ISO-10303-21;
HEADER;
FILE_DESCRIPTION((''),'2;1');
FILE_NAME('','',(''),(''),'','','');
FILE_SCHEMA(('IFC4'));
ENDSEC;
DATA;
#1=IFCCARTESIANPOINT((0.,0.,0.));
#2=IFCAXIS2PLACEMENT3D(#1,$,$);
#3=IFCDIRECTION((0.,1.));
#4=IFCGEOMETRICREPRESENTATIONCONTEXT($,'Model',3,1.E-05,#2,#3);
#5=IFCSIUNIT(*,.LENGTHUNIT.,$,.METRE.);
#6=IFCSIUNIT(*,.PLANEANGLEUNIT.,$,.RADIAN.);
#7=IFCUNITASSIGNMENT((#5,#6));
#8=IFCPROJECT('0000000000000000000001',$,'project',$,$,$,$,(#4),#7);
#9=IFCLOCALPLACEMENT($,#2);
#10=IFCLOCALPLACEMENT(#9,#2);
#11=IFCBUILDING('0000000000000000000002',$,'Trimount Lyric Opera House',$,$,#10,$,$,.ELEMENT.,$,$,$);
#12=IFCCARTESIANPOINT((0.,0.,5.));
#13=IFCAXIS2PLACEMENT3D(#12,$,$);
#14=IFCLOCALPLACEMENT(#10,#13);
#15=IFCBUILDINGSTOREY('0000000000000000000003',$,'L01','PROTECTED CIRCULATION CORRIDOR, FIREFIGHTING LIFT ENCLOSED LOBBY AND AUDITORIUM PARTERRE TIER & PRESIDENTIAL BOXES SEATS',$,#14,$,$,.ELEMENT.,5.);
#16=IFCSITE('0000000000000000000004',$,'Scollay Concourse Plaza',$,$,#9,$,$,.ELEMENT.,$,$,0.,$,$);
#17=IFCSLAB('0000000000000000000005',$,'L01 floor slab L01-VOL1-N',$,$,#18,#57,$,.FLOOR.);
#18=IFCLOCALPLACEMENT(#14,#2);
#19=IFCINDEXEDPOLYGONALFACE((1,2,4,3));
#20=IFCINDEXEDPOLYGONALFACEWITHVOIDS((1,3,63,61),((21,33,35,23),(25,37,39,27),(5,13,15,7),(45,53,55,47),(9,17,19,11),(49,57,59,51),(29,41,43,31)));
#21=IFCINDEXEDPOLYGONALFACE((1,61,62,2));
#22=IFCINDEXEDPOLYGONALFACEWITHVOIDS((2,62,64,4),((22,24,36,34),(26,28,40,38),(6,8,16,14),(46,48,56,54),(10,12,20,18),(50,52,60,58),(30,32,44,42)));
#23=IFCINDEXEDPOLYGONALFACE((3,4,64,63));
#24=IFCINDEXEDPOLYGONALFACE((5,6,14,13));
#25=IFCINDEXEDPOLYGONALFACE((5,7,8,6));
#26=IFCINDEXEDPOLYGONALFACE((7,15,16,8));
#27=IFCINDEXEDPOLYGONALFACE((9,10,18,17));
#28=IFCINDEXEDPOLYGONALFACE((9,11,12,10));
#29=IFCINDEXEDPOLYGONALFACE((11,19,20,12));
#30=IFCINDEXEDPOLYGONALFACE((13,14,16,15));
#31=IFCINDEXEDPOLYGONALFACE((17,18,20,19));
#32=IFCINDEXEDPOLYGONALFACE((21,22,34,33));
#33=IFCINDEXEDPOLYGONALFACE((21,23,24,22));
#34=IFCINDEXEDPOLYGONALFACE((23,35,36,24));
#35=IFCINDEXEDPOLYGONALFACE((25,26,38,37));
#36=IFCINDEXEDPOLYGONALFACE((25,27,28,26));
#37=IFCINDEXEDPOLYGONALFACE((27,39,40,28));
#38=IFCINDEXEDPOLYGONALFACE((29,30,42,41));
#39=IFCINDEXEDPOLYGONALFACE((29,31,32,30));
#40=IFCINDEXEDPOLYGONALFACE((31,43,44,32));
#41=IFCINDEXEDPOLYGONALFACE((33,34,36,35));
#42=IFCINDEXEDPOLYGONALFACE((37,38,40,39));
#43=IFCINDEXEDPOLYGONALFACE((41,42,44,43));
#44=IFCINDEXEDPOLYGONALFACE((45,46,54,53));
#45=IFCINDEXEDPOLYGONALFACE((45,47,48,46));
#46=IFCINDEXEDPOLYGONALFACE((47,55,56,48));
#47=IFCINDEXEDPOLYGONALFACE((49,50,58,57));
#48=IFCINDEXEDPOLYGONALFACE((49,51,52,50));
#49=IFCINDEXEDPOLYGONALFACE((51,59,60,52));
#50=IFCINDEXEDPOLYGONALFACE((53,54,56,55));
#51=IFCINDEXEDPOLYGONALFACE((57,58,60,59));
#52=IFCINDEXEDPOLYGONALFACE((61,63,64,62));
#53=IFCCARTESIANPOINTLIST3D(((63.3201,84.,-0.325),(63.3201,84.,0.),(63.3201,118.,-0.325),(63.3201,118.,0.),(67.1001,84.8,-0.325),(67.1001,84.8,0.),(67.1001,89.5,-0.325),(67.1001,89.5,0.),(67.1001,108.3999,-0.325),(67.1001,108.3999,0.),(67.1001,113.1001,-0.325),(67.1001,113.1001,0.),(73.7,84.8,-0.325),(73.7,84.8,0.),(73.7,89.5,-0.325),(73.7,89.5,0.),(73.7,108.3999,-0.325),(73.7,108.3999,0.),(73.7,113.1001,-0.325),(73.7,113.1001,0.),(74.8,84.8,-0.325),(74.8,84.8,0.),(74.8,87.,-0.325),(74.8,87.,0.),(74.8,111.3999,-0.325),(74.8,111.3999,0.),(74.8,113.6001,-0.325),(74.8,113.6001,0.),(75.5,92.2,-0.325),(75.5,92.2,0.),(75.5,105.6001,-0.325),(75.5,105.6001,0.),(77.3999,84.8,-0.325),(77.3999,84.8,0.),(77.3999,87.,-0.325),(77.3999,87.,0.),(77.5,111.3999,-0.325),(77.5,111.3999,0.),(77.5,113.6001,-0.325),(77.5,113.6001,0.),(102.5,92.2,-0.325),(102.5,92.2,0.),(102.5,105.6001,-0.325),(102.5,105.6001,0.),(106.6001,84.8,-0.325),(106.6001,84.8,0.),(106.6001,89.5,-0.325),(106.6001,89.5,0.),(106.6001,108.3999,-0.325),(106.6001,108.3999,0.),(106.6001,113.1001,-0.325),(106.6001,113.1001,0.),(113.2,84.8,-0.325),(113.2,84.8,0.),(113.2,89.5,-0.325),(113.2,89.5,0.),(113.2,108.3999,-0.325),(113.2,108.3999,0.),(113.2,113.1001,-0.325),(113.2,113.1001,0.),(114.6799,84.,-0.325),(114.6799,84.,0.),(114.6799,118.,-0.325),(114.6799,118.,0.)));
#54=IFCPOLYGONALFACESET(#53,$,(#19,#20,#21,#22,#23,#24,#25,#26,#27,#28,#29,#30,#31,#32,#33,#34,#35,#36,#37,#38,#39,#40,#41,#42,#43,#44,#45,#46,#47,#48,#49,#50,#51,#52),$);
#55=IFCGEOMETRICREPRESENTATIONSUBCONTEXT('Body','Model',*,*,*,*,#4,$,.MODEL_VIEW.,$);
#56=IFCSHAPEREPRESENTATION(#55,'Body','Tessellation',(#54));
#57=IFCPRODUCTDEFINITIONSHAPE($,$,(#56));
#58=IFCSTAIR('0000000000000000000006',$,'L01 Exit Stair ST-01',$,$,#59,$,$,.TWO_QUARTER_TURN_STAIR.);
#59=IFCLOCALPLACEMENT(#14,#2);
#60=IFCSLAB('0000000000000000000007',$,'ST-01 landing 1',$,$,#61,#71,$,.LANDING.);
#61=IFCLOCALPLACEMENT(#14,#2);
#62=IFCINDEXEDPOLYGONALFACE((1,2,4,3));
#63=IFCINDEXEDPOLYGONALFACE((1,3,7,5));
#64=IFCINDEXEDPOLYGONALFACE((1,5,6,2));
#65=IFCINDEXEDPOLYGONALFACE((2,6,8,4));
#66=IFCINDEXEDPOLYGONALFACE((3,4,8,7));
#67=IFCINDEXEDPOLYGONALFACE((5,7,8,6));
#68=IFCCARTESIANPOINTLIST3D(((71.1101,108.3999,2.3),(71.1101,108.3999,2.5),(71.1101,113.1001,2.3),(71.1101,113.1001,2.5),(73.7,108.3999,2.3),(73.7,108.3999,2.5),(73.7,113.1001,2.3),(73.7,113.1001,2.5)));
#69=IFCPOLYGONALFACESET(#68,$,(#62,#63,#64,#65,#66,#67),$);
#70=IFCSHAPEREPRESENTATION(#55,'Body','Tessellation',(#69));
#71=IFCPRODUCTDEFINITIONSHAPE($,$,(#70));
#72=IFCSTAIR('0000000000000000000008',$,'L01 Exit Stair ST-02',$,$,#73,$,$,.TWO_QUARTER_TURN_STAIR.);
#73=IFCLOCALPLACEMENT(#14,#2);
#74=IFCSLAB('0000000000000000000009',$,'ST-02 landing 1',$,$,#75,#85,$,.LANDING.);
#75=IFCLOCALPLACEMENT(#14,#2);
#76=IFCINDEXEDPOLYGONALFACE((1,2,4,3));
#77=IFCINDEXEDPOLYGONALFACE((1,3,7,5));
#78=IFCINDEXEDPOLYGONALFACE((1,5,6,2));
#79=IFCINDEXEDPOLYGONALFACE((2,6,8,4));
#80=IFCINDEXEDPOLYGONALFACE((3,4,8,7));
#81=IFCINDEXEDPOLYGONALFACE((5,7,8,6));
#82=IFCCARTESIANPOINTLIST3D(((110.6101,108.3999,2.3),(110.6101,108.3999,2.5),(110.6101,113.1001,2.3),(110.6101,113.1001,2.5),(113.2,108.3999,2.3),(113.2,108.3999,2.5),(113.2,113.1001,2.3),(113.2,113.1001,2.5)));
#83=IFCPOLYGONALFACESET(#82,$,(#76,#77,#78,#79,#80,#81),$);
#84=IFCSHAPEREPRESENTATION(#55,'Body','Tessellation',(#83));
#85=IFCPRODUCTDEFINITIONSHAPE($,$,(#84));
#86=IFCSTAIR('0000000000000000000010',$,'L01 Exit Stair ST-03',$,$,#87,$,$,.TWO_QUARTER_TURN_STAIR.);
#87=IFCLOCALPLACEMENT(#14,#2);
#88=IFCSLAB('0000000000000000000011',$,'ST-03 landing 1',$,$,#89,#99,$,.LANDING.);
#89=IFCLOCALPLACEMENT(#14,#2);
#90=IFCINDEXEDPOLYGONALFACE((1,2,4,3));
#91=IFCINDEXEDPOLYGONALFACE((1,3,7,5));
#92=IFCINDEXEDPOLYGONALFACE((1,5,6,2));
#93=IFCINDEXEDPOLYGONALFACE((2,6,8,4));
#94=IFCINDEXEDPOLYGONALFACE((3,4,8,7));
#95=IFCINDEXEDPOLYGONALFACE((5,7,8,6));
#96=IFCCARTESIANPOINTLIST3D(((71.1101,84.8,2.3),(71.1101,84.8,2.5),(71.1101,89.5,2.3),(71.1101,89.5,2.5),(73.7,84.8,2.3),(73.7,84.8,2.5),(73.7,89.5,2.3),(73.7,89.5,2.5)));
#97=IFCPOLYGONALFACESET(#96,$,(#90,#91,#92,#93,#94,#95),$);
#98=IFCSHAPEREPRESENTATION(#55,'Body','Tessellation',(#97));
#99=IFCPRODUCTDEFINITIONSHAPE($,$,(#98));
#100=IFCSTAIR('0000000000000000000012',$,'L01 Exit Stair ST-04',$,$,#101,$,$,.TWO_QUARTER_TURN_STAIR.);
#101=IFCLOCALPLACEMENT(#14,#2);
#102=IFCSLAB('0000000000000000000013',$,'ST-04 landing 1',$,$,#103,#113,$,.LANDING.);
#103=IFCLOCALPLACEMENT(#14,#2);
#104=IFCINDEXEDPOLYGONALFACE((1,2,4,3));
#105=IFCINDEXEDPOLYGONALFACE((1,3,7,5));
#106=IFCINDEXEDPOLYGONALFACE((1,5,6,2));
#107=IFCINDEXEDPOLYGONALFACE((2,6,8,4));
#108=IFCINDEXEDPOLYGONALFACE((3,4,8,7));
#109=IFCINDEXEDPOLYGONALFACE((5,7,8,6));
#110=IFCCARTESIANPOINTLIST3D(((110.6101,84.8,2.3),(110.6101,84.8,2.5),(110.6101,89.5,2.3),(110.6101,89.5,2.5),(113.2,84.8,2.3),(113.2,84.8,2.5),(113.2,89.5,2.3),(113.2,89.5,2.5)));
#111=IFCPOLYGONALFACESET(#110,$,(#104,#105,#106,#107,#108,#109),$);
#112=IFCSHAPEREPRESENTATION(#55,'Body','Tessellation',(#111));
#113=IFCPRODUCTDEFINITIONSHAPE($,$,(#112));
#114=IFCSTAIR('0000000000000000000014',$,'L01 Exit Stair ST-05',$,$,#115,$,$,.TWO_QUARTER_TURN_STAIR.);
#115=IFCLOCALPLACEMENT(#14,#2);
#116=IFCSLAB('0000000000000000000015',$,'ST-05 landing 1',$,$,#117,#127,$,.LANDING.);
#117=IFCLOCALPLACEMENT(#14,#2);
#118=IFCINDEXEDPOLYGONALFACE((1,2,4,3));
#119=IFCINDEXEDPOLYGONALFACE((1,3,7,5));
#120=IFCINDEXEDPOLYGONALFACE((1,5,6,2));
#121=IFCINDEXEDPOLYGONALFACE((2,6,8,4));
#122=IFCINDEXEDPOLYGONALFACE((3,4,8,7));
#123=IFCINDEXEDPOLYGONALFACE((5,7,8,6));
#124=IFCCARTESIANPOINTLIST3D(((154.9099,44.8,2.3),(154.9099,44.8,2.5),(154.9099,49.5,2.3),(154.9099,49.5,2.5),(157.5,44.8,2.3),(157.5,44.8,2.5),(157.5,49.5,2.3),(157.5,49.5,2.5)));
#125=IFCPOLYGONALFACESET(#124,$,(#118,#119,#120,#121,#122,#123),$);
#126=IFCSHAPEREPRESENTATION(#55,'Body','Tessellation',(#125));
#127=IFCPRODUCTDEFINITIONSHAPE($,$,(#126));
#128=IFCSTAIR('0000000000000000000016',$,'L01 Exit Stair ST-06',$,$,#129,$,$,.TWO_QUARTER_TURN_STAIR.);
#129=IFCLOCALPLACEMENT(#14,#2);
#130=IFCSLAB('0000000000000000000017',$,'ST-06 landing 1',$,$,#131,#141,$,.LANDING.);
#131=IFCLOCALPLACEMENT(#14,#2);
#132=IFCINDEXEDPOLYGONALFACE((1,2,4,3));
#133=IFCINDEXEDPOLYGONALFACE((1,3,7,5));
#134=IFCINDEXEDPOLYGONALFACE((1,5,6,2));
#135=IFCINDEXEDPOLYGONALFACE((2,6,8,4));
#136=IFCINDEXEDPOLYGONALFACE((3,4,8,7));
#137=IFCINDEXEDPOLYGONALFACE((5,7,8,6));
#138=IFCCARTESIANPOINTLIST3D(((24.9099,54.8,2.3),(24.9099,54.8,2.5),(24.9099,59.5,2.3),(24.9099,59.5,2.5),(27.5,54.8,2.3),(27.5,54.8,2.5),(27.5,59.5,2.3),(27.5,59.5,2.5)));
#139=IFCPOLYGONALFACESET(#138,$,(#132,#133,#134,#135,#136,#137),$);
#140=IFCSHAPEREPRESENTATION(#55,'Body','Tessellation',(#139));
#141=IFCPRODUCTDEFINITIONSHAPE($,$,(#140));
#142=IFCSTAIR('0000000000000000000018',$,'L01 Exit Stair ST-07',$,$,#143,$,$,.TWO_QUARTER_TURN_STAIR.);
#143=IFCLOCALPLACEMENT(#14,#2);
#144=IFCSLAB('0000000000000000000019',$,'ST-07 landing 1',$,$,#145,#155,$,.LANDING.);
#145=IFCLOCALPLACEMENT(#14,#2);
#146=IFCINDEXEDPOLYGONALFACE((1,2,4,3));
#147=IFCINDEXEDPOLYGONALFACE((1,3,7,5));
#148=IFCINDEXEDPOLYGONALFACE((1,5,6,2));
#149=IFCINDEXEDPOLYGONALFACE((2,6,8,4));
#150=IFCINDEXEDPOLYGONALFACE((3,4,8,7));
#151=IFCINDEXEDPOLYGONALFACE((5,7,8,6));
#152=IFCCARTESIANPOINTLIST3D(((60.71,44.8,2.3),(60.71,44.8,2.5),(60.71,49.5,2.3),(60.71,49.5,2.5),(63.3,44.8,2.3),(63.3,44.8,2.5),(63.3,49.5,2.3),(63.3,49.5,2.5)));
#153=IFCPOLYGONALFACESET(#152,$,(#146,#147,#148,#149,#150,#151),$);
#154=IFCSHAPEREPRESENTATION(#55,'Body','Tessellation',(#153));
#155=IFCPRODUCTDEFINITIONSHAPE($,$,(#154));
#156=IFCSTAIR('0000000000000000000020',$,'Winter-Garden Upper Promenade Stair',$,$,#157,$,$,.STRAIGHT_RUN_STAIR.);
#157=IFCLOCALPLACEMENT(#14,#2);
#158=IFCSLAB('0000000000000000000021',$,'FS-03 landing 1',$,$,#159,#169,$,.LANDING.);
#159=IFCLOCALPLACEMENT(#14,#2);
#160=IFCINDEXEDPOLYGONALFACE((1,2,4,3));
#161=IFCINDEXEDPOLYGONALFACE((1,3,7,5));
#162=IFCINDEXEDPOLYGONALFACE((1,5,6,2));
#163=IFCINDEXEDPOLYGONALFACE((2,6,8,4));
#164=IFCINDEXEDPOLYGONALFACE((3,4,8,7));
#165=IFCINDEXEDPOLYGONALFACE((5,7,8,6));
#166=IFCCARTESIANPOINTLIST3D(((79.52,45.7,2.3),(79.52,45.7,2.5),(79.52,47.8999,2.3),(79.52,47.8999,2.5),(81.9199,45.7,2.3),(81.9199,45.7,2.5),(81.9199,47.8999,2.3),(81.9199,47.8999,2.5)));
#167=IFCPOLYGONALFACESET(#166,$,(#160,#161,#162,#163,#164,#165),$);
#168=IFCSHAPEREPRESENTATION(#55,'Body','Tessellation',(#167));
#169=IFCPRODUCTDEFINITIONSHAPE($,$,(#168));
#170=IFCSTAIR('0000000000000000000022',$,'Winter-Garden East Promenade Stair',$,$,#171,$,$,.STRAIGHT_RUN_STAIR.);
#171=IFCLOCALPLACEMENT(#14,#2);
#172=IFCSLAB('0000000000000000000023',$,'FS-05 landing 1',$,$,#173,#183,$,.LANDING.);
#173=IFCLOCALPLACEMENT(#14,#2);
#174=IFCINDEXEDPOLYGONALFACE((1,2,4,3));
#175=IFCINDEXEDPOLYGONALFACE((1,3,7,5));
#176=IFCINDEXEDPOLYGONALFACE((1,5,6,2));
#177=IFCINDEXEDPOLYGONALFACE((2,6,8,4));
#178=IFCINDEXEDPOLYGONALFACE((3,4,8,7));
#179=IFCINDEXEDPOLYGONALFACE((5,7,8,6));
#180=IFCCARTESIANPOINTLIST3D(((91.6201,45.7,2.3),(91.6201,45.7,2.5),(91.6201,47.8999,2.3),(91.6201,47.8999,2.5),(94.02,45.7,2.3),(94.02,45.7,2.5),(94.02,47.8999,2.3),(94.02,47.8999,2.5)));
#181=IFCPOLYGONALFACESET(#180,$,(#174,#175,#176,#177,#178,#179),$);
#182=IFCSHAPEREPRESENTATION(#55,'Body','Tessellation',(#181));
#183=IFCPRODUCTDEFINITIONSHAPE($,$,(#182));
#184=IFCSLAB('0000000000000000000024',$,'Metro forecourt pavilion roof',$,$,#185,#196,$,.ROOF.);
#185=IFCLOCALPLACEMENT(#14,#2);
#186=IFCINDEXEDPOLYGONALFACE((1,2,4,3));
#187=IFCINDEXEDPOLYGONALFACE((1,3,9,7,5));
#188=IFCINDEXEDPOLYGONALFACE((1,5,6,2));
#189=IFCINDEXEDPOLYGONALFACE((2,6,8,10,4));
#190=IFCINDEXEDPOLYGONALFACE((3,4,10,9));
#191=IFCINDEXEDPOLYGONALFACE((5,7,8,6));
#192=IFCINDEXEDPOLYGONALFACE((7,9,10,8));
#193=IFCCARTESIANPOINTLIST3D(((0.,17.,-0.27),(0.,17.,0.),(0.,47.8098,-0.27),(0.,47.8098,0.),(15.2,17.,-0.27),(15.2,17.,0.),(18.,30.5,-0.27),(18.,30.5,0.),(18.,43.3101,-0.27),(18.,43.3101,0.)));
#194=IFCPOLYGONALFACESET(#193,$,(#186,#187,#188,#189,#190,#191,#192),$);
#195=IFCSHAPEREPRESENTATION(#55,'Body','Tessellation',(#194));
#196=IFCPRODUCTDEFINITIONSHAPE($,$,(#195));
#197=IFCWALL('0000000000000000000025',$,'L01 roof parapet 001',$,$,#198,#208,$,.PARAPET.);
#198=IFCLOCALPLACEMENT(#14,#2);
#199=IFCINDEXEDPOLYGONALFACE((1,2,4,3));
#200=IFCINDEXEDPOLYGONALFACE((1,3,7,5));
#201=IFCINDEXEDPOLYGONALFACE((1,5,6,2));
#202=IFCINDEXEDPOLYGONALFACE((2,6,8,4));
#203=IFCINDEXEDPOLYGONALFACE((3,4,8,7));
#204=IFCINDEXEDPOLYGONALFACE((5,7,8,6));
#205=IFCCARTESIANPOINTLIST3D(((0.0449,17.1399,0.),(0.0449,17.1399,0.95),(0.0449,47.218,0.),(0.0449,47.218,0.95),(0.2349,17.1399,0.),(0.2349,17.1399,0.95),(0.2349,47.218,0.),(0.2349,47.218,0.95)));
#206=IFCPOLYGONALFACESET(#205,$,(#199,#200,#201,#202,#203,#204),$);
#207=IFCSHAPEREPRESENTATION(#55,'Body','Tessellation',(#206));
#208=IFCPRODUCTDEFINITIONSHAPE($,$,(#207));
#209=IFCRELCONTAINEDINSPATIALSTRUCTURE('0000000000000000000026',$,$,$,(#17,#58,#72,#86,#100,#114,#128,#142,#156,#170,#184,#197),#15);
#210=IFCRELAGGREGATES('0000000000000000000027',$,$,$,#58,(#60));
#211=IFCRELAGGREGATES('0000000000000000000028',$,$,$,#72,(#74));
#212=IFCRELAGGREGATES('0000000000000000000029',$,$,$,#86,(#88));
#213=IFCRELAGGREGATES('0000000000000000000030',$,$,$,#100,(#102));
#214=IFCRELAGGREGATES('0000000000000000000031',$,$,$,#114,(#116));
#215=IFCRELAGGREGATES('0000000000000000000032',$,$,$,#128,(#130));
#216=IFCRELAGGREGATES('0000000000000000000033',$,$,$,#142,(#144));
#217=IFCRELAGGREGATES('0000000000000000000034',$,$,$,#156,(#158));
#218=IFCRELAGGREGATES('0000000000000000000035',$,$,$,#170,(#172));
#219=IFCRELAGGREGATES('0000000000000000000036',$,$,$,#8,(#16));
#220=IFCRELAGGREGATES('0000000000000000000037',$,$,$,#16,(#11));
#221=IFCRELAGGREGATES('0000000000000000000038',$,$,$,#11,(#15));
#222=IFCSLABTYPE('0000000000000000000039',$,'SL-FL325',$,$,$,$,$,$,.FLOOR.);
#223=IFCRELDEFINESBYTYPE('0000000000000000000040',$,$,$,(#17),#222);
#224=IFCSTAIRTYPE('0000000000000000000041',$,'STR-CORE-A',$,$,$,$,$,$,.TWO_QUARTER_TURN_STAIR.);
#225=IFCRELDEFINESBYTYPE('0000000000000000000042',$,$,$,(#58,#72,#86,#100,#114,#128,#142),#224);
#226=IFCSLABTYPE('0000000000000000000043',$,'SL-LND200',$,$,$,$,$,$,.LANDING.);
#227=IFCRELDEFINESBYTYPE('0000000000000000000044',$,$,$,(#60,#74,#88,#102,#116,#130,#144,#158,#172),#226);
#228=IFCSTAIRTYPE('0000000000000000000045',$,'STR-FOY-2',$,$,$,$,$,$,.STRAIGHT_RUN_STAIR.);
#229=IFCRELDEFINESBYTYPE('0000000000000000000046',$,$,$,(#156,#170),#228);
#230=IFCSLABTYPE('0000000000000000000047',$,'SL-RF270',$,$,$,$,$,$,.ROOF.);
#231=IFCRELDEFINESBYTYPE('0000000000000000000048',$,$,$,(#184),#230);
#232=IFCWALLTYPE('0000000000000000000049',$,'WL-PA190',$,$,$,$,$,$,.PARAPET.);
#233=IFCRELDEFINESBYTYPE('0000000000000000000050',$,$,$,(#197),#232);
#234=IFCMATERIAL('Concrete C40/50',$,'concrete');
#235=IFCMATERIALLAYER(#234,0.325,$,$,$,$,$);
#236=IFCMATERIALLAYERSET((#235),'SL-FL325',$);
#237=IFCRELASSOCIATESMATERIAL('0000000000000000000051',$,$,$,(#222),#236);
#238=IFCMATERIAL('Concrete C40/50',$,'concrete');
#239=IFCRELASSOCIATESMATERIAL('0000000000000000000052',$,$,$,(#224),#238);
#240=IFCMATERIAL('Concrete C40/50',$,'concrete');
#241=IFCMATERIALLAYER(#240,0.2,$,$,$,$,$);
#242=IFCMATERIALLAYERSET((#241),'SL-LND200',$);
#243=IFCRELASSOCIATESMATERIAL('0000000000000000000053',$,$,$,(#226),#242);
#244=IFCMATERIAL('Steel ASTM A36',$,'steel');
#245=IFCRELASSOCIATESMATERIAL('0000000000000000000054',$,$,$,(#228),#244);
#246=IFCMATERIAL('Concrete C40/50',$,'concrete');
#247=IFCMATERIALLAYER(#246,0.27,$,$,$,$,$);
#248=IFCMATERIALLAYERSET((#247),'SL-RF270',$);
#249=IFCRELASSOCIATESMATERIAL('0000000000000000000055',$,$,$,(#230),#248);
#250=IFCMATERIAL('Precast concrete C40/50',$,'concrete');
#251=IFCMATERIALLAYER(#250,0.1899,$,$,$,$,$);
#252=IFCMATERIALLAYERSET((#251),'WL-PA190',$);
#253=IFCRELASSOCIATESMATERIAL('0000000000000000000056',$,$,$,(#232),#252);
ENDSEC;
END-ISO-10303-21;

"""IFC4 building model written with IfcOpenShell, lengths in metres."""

from ifc_helpers import new_model, si_unit, direction, frame, frame_2d, origin, place, context, subcontext, project, spatial, polyline, rectangle, outline, extrude, material, layer, layer_set, type_object, element, aggregate, save


model = new_model("IFC4")

# Units and contexts
model_context = context("Model", 3, precision=1e-05, world=origin(), true_north=direction((0.0, 1.0)))
body_context = subcontext(model_context, "Body", "Model", "MODEL_VIEW")
ifc_project = project(units=[si_unit("LENGTHUNIT", "METRE"), si_unit("PLANEANGLEUNIT", "RADIAN")], contexts=[model_context])

# Site, building, storey
site_placement = place(None, origin())
site = spatial("IfcSite", under=ifc_project, at=site_placement, Name="Scollay Concourse Plaza", CompositionType="ELEMENT", RefElevation=0.0)
building_placement = place(site_placement, origin())
building = spatial("IfcBuilding", under=site, at=building_placement, Name="Trimount Lyric Opera House", CompositionType="ELEMENT")
storey_placement = place(building_placement, frame((0.0, 0.0, 5.0)))
storey = spatial("IfcBuildingStorey", under=building, at=storey_placement, Name="L01", Description="PROTECTED CIRCULATION CORRIDOR, FIREFIGHTING LIFT ENCLOSED LOBBY AND AUDITORIUM PARTERRE TIER & PRESIDENTIAL BOXES SEATS", CompositionType="ELEMENT", Elevation=5.0)

# Slab
ifc_material_1 = material(Name="Concrete C40/50", Category="concrete")
ifc_layer_1 = layer(ifc_material_1, 0.325)
ifc_layer_set_1 = layer_set([ifc_layer_1], Name="SL-FL325")
slab_type_1 = type_object("IfcSlabType", Name="SL-FL325", PredefinedType="FLOOR", material=ifc_layer_set_1)
slab_1_placement = place(storey_placement, frame((0.0, 0.0, -0.325)))
element("IfcSlab", 1, at=slab_1_placement, inside=storey, type_object=slab_type_1, Name="L01 floor slab L01-VOL1-N", PredefinedType="FLOOR", context=body_context, shape_type="SweptSolid", body=[
    extrude(outline(polyline([(114.6799, 118.0), (114.6799, 84.0), (63.3201, 84.0), (63.3201, 118.0), (114.6799, 118.0)]), holes=[polyline([(113.2, 89.5), (106.6001, 89.5), (106.6001, 84.8), (113.2, 84.8), (113.2, 89.5)]), polyline([(113.2, 113.1001), (106.6001, 113.1001), (106.6001, 108.3999), (113.2, 108.3999), (113.2, 113.1001)]), polyline([(75.5, 92.2), (102.5, 92.2), (102.5, 105.6001), (75.5, 105.6001), (75.5, 92.2)]), polyline([(77.5, 113.6001), (74.8, 113.6001), (74.8, 111.3999), (77.5, 111.3999), (77.5, 113.6001)]), polyline([(77.3999, 87.0), (74.8, 87.0), (74.8, 84.8), (77.3999, 84.8), (77.3999, 87.0)]), polyline([(73.7, 89.5), (67.1001, 89.5), (67.1001, 84.8), (73.7, 84.8), (73.7, 89.5)]), polyline([(73.7, 113.1001), (67.1001, 113.1001), (67.1001, 108.3999), (73.7, 108.3999), (73.7, 113.1001)])]), origin(), (0.0, 0.0, 1.0), 0.325),
])

# Stairs, slabs
ifc_material_2 = material(Name="Concrete C40/50", Category="concrete")
stair_type_1 = type_object("IfcStairType", Name="STR-CORE-A", PredefinedType="TWO_QUARTER_TURN_STAIR", material=ifc_material_2)
stair_1_placement = place(storey_placement, origin())
stair_1 = element("IfcStair", 2, at=stair_1_placement, inside=storey, type_object=stair_type_1, Name="L01 Exit Stair ST-01", PredefinedType="TWO_QUARTER_TURN_STAIR")
ifc_material_3 = material(Name="Concrete C40/50", Category="concrete")
ifc_layer_2 = layer(ifc_material_3, 0.2)
ifc_layer_set_2 = layer_set([ifc_layer_2], Name="SL-LND200")
slab_type_2 = type_object("IfcSlabType", Name="SL-LND200", PredefinedType="LANDING", material=ifc_layer_set_2)
slab_2_placement = place(storey_placement, frame((0.0, 0.0, 2.3)))
slab_2 = element("IfcSlab", 3, at=slab_2_placement, type_object=slab_type_2, Name="ST-01 landing 1", PredefinedType="LANDING", context=body_context, shape_type="SweptSolid", body=[
    extrude(outline(polyline([(71.1101, 108.3999), (73.7, 108.3999), (73.7, 113.1001), (71.1101, 113.1001), (71.1101, 108.3999)])), origin(), (0.0, 0.0, 1.0), 0.2),
])
aggregate(stair_1, [slab_2])
stair_2_placement = place(storey_placement, origin())
stair_2 = element("IfcStair", 4, at=stair_2_placement, inside=storey, type_object=stair_type_1, Name="L01 Exit Stair ST-02", PredefinedType="TWO_QUARTER_TURN_STAIR")
slab_3_placement = place(storey_placement, frame((0.0, 0.0, 2.3)))
slab_3 = element("IfcSlab", 5, at=slab_3_placement, type_object=slab_type_2, Name="ST-02 landing 1", PredefinedType="LANDING", context=body_context, shape_type="SweptSolid", body=[
    extrude(outline(polyline([(110.6101, 108.3999), (113.2, 108.3999), (113.2, 113.1001), (110.6101, 113.1001), (110.6101, 108.3999)])), origin(), (0.0, 0.0, 1.0), 0.2),
])
aggregate(stair_2, [slab_3])
stair_3_placement = place(storey_placement, origin())
stair_3 = element("IfcStair", 6, at=stair_3_placement, inside=storey, type_object=stair_type_1, Name="L01 Exit Stair ST-03", PredefinedType="TWO_QUARTER_TURN_STAIR")
slab_4_placement = place(storey_placement, frame((0.0, 0.0, 2.3)))
slab_4 = element("IfcSlab", 7, at=slab_4_placement, type_object=slab_type_2, Name="ST-03 landing 1", PredefinedType="LANDING", context=body_context, shape_type="SweptSolid", body=[
    extrude(outline(polyline([(71.1101, 84.8), (73.7, 84.8), (73.7, 89.5), (71.1101, 89.5), (71.1101, 84.8)])), origin(), (0.0, 0.0, 1.0), 0.2),
])
aggregate(stair_3, [slab_4])
stair_4_placement = place(storey_placement, origin())
stair_4 = element("IfcStair", 8, at=stair_4_placement, inside=storey, type_object=stair_type_1, Name="L01 Exit Stair ST-04", PredefinedType="TWO_QUARTER_TURN_STAIR")
slab_5_placement = place(storey_placement, frame((0.0, 0.0, 2.3)))
slab_5 = element("IfcSlab", 9, at=slab_5_placement, type_object=slab_type_2, Name="ST-04 landing 1", PredefinedType="LANDING", context=body_context, shape_type="SweptSolid", body=[
    extrude(outline(polyline([(110.6101, 84.8), (113.2, 84.8), (113.2, 89.5), (110.6101, 89.5), (110.6101, 84.8)])), origin(), (0.0, 0.0, 1.0), 0.2),
])
aggregate(stair_4, [slab_5])
stair_5_placement = place(storey_placement, origin())
stair_5 = element("IfcStair", 10, at=stair_5_placement, inside=storey, type_object=stair_type_1, Name="L01 Exit Stair ST-05", PredefinedType="TWO_QUARTER_TURN_STAIR")
slab_6_placement = place(storey_placement, frame((0.0, 0.0, 2.3)))
slab_6 = element("IfcSlab", 11, at=slab_6_placement, type_object=slab_type_2, Name="ST-05 landing 1", PredefinedType="LANDING", context=body_context, shape_type="SweptSolid", body=[
    extrude(outline(polyline([(154.9099, 44.8), (157.5, 44.8), (157.5, 49.5), (154.9099, 49.5), (154.9099, 44.8)])), origin(), (0.0, 0.0, 1.0), 0.2),
])
aggregate(stair_5, [slab_6])
stair_6_placement = place(storey_placement, origin())
stair_6 = element("IfcStair", 12, at=stair_6_placement, inside=storey, type_object=stair_type_1, Name="L01 Exit Stair ST-06", PredefinedType="TWO_QUARTER_TURN_STAIR")
slab_7_placement = place(storey_placement, frame((0.0, 0.0, 2.3)))
slab_7 = element("IfcSlab", 13, at=slab_7_placement, type_object=slab_type_2, Name="ST-06 landing 1", PredefinedType="LANDING", context=body_context, shape_type="SweptSolid", body=[
    extrude(outline(polyline([(24.9099, 54.8), (27.5, 54.8), (27.5, 59.5), (24.9099, 59.5), (24.9099, 54.8)])), origin(), (0.0, 0.0, 1.0), 0.2),
])
aggregate(stair_6, [slab_7])
stair_7_placement = place(storey_placement, origin())
stair_7 = element("IfcStair", 14, at=stair_7_placement, inside=storey, type_object=stair_type_1, Name="L01 Exit Stair ST-07", PredefinedType="TWO_QUARTER_TURN_STAIR")
slab_8_placement = place(storey_placement, frame((0.0, 0.0, 2.3)))
slab_8 = element("IfcSlab", 15, at=slab_8_placement, type_object=slab_type_2, Name="ST-07 landing 1", PredefinedType="LANDING", context=body_context, shape_type="SweptSolid", body=[
    extrude(outline(polyline([(60.71, 44.8), (63.3, 44.8), (63.3, 49.5), (60.71, 49.5), (60.71, 44.8)])), origin(), (0.0, 0.0, 1.0), 0.2),
])
aggregate(stair_7, [slab_8])
ifc_material_4 = material(Name="Steel ASTM A36", Category="steel")
stair_type_2 = type_object("IfcStairType", Name="STR-FOY-2", PredefinedType="STRAIGHT_RUN_STAIR", material=ifc_material_4)
stair_8_placement = place(storey_placement, origin())
stair_8 = element("IfcStair", 16, at=stair_8_placement, inside=storey, type_object=stair_type_2, Name="Winter-Garden Upper Promenade Stair", PredefinedType="STRAIGHT_RUN_STAIR")
slab_9_placement = place(storey_placement, frame((0.0, 0.0, 2.3)))
slab_9 = element("IfcSlab", 17, at=slab_9_placement, type_object=slab_type_2, Name="FS-03 landing 1", PredefinedType="LANDING", context=body_context, shape_type="SweptSolid", body=[
    extrude(outline(polyline([(79.52, 45.7), (81.9199, 45.7), (81.9199, 47.8999), (79.52, 47.8999), (79.52, 45.7)])), origin(), (0.0, 0.0, 1.0), 0.2),
])
aggregate(stair_8, [slab_9])
stair_9_placement = place(storey_placement, origin())
stair_9 = element("IfcStair", 18, at=stair_9_placement, inside=storey, type_object=stair_type_2, Name="Winter-Garden East Promenade Stair", PredefinedType="STRAIGHT_RUN_STAIR")
slab_10_placement = place(storey_placement, frame((0.0, 0.0, 2.3)))
slab_10 = element("IfcSlab", 19, at=slab_10_placement, type_object=slab_type_2, Name="FS-05 landing 1", PredefinedType="LANDING", context=body_context, shape_type="SweptSolid", body=[
    extrude(outline(polyline([(91.6201, 45.7), (94.02, 45.7), (94.02, 47.8999), (91.6201, 47.8999), (91.6201, 45.7)])), origin(), (0.0, 0.0, 1.0), 0.2),
])
aggregate(stair_9, [slab_10])

# Slab
ifc_material_5 = material(Name="Concrete C40/50", Category="concrete")
ifc_layer_3 = layer(ifc_material_5, 0.27)
ifc_layer_set_3 = layer_set([ifc_layer_3], Name="SL-RF270")
slab_type_3 = type_object("IfcSlabType", Name="SL-RF270", PredefinedType="ROOF", material=ifc_layer_set_3)
slab_11_placement = place(storey_placement, frame((0.0, 0.0, -0.27)))
element("IfcSlab", 20, at=slab_11_placement, inside=storey, type_object=slab_type_3, Name="Metro forecourt pavilion roof", PredefinedType="ROOF", context=body_context, shape_type="SweptSolid", body=[
    extrude(outline(polyline([(0.0, 17.0), (0.0, 47.8098), (18.0, 43.3101), (18.0, 30.5), (15.2, 17.0), (0.0, 17.0)])), origin(), (0.0, 0.0, 1.0), 0.27),
])

# Wall
ifc_material_6 = material(Name="Precast concrete C40/50", Category="concrete")
ifc_layer_4 = layer(ifc_material_6, 0.1899)
ifc_layer_set_4 = layer_set([ifc_layer_4], Name="WL-PA190")
wall_type = type_object("IfcWallType", Name="WL-PA190", PredefinedType="PARAPET", material=ifc_layer_set_4)
wall_1_placement = place(storey_placement, frame((0.1399, 17.1399, 0.0), z_axis=(0.0, 0.0, 1.0), x_axis=(0.0, 1.0, 0.0)))
element("IfcWall", 21, at=wall_1_placement, inside=storey, type_object=wall_type, Name="L01 roof parapet 001", PredefinedType="PARAPET", context=body_context, shape_type="SweptSolid", body=[
    extrude(rectangle(XDim=30.0781, YDim=0.1899, at=frame_2d((15.0391, 0.0))), origin(), (0.0, 0.0, 1.0), 0.95),
])

save(model, "model.ifc")
